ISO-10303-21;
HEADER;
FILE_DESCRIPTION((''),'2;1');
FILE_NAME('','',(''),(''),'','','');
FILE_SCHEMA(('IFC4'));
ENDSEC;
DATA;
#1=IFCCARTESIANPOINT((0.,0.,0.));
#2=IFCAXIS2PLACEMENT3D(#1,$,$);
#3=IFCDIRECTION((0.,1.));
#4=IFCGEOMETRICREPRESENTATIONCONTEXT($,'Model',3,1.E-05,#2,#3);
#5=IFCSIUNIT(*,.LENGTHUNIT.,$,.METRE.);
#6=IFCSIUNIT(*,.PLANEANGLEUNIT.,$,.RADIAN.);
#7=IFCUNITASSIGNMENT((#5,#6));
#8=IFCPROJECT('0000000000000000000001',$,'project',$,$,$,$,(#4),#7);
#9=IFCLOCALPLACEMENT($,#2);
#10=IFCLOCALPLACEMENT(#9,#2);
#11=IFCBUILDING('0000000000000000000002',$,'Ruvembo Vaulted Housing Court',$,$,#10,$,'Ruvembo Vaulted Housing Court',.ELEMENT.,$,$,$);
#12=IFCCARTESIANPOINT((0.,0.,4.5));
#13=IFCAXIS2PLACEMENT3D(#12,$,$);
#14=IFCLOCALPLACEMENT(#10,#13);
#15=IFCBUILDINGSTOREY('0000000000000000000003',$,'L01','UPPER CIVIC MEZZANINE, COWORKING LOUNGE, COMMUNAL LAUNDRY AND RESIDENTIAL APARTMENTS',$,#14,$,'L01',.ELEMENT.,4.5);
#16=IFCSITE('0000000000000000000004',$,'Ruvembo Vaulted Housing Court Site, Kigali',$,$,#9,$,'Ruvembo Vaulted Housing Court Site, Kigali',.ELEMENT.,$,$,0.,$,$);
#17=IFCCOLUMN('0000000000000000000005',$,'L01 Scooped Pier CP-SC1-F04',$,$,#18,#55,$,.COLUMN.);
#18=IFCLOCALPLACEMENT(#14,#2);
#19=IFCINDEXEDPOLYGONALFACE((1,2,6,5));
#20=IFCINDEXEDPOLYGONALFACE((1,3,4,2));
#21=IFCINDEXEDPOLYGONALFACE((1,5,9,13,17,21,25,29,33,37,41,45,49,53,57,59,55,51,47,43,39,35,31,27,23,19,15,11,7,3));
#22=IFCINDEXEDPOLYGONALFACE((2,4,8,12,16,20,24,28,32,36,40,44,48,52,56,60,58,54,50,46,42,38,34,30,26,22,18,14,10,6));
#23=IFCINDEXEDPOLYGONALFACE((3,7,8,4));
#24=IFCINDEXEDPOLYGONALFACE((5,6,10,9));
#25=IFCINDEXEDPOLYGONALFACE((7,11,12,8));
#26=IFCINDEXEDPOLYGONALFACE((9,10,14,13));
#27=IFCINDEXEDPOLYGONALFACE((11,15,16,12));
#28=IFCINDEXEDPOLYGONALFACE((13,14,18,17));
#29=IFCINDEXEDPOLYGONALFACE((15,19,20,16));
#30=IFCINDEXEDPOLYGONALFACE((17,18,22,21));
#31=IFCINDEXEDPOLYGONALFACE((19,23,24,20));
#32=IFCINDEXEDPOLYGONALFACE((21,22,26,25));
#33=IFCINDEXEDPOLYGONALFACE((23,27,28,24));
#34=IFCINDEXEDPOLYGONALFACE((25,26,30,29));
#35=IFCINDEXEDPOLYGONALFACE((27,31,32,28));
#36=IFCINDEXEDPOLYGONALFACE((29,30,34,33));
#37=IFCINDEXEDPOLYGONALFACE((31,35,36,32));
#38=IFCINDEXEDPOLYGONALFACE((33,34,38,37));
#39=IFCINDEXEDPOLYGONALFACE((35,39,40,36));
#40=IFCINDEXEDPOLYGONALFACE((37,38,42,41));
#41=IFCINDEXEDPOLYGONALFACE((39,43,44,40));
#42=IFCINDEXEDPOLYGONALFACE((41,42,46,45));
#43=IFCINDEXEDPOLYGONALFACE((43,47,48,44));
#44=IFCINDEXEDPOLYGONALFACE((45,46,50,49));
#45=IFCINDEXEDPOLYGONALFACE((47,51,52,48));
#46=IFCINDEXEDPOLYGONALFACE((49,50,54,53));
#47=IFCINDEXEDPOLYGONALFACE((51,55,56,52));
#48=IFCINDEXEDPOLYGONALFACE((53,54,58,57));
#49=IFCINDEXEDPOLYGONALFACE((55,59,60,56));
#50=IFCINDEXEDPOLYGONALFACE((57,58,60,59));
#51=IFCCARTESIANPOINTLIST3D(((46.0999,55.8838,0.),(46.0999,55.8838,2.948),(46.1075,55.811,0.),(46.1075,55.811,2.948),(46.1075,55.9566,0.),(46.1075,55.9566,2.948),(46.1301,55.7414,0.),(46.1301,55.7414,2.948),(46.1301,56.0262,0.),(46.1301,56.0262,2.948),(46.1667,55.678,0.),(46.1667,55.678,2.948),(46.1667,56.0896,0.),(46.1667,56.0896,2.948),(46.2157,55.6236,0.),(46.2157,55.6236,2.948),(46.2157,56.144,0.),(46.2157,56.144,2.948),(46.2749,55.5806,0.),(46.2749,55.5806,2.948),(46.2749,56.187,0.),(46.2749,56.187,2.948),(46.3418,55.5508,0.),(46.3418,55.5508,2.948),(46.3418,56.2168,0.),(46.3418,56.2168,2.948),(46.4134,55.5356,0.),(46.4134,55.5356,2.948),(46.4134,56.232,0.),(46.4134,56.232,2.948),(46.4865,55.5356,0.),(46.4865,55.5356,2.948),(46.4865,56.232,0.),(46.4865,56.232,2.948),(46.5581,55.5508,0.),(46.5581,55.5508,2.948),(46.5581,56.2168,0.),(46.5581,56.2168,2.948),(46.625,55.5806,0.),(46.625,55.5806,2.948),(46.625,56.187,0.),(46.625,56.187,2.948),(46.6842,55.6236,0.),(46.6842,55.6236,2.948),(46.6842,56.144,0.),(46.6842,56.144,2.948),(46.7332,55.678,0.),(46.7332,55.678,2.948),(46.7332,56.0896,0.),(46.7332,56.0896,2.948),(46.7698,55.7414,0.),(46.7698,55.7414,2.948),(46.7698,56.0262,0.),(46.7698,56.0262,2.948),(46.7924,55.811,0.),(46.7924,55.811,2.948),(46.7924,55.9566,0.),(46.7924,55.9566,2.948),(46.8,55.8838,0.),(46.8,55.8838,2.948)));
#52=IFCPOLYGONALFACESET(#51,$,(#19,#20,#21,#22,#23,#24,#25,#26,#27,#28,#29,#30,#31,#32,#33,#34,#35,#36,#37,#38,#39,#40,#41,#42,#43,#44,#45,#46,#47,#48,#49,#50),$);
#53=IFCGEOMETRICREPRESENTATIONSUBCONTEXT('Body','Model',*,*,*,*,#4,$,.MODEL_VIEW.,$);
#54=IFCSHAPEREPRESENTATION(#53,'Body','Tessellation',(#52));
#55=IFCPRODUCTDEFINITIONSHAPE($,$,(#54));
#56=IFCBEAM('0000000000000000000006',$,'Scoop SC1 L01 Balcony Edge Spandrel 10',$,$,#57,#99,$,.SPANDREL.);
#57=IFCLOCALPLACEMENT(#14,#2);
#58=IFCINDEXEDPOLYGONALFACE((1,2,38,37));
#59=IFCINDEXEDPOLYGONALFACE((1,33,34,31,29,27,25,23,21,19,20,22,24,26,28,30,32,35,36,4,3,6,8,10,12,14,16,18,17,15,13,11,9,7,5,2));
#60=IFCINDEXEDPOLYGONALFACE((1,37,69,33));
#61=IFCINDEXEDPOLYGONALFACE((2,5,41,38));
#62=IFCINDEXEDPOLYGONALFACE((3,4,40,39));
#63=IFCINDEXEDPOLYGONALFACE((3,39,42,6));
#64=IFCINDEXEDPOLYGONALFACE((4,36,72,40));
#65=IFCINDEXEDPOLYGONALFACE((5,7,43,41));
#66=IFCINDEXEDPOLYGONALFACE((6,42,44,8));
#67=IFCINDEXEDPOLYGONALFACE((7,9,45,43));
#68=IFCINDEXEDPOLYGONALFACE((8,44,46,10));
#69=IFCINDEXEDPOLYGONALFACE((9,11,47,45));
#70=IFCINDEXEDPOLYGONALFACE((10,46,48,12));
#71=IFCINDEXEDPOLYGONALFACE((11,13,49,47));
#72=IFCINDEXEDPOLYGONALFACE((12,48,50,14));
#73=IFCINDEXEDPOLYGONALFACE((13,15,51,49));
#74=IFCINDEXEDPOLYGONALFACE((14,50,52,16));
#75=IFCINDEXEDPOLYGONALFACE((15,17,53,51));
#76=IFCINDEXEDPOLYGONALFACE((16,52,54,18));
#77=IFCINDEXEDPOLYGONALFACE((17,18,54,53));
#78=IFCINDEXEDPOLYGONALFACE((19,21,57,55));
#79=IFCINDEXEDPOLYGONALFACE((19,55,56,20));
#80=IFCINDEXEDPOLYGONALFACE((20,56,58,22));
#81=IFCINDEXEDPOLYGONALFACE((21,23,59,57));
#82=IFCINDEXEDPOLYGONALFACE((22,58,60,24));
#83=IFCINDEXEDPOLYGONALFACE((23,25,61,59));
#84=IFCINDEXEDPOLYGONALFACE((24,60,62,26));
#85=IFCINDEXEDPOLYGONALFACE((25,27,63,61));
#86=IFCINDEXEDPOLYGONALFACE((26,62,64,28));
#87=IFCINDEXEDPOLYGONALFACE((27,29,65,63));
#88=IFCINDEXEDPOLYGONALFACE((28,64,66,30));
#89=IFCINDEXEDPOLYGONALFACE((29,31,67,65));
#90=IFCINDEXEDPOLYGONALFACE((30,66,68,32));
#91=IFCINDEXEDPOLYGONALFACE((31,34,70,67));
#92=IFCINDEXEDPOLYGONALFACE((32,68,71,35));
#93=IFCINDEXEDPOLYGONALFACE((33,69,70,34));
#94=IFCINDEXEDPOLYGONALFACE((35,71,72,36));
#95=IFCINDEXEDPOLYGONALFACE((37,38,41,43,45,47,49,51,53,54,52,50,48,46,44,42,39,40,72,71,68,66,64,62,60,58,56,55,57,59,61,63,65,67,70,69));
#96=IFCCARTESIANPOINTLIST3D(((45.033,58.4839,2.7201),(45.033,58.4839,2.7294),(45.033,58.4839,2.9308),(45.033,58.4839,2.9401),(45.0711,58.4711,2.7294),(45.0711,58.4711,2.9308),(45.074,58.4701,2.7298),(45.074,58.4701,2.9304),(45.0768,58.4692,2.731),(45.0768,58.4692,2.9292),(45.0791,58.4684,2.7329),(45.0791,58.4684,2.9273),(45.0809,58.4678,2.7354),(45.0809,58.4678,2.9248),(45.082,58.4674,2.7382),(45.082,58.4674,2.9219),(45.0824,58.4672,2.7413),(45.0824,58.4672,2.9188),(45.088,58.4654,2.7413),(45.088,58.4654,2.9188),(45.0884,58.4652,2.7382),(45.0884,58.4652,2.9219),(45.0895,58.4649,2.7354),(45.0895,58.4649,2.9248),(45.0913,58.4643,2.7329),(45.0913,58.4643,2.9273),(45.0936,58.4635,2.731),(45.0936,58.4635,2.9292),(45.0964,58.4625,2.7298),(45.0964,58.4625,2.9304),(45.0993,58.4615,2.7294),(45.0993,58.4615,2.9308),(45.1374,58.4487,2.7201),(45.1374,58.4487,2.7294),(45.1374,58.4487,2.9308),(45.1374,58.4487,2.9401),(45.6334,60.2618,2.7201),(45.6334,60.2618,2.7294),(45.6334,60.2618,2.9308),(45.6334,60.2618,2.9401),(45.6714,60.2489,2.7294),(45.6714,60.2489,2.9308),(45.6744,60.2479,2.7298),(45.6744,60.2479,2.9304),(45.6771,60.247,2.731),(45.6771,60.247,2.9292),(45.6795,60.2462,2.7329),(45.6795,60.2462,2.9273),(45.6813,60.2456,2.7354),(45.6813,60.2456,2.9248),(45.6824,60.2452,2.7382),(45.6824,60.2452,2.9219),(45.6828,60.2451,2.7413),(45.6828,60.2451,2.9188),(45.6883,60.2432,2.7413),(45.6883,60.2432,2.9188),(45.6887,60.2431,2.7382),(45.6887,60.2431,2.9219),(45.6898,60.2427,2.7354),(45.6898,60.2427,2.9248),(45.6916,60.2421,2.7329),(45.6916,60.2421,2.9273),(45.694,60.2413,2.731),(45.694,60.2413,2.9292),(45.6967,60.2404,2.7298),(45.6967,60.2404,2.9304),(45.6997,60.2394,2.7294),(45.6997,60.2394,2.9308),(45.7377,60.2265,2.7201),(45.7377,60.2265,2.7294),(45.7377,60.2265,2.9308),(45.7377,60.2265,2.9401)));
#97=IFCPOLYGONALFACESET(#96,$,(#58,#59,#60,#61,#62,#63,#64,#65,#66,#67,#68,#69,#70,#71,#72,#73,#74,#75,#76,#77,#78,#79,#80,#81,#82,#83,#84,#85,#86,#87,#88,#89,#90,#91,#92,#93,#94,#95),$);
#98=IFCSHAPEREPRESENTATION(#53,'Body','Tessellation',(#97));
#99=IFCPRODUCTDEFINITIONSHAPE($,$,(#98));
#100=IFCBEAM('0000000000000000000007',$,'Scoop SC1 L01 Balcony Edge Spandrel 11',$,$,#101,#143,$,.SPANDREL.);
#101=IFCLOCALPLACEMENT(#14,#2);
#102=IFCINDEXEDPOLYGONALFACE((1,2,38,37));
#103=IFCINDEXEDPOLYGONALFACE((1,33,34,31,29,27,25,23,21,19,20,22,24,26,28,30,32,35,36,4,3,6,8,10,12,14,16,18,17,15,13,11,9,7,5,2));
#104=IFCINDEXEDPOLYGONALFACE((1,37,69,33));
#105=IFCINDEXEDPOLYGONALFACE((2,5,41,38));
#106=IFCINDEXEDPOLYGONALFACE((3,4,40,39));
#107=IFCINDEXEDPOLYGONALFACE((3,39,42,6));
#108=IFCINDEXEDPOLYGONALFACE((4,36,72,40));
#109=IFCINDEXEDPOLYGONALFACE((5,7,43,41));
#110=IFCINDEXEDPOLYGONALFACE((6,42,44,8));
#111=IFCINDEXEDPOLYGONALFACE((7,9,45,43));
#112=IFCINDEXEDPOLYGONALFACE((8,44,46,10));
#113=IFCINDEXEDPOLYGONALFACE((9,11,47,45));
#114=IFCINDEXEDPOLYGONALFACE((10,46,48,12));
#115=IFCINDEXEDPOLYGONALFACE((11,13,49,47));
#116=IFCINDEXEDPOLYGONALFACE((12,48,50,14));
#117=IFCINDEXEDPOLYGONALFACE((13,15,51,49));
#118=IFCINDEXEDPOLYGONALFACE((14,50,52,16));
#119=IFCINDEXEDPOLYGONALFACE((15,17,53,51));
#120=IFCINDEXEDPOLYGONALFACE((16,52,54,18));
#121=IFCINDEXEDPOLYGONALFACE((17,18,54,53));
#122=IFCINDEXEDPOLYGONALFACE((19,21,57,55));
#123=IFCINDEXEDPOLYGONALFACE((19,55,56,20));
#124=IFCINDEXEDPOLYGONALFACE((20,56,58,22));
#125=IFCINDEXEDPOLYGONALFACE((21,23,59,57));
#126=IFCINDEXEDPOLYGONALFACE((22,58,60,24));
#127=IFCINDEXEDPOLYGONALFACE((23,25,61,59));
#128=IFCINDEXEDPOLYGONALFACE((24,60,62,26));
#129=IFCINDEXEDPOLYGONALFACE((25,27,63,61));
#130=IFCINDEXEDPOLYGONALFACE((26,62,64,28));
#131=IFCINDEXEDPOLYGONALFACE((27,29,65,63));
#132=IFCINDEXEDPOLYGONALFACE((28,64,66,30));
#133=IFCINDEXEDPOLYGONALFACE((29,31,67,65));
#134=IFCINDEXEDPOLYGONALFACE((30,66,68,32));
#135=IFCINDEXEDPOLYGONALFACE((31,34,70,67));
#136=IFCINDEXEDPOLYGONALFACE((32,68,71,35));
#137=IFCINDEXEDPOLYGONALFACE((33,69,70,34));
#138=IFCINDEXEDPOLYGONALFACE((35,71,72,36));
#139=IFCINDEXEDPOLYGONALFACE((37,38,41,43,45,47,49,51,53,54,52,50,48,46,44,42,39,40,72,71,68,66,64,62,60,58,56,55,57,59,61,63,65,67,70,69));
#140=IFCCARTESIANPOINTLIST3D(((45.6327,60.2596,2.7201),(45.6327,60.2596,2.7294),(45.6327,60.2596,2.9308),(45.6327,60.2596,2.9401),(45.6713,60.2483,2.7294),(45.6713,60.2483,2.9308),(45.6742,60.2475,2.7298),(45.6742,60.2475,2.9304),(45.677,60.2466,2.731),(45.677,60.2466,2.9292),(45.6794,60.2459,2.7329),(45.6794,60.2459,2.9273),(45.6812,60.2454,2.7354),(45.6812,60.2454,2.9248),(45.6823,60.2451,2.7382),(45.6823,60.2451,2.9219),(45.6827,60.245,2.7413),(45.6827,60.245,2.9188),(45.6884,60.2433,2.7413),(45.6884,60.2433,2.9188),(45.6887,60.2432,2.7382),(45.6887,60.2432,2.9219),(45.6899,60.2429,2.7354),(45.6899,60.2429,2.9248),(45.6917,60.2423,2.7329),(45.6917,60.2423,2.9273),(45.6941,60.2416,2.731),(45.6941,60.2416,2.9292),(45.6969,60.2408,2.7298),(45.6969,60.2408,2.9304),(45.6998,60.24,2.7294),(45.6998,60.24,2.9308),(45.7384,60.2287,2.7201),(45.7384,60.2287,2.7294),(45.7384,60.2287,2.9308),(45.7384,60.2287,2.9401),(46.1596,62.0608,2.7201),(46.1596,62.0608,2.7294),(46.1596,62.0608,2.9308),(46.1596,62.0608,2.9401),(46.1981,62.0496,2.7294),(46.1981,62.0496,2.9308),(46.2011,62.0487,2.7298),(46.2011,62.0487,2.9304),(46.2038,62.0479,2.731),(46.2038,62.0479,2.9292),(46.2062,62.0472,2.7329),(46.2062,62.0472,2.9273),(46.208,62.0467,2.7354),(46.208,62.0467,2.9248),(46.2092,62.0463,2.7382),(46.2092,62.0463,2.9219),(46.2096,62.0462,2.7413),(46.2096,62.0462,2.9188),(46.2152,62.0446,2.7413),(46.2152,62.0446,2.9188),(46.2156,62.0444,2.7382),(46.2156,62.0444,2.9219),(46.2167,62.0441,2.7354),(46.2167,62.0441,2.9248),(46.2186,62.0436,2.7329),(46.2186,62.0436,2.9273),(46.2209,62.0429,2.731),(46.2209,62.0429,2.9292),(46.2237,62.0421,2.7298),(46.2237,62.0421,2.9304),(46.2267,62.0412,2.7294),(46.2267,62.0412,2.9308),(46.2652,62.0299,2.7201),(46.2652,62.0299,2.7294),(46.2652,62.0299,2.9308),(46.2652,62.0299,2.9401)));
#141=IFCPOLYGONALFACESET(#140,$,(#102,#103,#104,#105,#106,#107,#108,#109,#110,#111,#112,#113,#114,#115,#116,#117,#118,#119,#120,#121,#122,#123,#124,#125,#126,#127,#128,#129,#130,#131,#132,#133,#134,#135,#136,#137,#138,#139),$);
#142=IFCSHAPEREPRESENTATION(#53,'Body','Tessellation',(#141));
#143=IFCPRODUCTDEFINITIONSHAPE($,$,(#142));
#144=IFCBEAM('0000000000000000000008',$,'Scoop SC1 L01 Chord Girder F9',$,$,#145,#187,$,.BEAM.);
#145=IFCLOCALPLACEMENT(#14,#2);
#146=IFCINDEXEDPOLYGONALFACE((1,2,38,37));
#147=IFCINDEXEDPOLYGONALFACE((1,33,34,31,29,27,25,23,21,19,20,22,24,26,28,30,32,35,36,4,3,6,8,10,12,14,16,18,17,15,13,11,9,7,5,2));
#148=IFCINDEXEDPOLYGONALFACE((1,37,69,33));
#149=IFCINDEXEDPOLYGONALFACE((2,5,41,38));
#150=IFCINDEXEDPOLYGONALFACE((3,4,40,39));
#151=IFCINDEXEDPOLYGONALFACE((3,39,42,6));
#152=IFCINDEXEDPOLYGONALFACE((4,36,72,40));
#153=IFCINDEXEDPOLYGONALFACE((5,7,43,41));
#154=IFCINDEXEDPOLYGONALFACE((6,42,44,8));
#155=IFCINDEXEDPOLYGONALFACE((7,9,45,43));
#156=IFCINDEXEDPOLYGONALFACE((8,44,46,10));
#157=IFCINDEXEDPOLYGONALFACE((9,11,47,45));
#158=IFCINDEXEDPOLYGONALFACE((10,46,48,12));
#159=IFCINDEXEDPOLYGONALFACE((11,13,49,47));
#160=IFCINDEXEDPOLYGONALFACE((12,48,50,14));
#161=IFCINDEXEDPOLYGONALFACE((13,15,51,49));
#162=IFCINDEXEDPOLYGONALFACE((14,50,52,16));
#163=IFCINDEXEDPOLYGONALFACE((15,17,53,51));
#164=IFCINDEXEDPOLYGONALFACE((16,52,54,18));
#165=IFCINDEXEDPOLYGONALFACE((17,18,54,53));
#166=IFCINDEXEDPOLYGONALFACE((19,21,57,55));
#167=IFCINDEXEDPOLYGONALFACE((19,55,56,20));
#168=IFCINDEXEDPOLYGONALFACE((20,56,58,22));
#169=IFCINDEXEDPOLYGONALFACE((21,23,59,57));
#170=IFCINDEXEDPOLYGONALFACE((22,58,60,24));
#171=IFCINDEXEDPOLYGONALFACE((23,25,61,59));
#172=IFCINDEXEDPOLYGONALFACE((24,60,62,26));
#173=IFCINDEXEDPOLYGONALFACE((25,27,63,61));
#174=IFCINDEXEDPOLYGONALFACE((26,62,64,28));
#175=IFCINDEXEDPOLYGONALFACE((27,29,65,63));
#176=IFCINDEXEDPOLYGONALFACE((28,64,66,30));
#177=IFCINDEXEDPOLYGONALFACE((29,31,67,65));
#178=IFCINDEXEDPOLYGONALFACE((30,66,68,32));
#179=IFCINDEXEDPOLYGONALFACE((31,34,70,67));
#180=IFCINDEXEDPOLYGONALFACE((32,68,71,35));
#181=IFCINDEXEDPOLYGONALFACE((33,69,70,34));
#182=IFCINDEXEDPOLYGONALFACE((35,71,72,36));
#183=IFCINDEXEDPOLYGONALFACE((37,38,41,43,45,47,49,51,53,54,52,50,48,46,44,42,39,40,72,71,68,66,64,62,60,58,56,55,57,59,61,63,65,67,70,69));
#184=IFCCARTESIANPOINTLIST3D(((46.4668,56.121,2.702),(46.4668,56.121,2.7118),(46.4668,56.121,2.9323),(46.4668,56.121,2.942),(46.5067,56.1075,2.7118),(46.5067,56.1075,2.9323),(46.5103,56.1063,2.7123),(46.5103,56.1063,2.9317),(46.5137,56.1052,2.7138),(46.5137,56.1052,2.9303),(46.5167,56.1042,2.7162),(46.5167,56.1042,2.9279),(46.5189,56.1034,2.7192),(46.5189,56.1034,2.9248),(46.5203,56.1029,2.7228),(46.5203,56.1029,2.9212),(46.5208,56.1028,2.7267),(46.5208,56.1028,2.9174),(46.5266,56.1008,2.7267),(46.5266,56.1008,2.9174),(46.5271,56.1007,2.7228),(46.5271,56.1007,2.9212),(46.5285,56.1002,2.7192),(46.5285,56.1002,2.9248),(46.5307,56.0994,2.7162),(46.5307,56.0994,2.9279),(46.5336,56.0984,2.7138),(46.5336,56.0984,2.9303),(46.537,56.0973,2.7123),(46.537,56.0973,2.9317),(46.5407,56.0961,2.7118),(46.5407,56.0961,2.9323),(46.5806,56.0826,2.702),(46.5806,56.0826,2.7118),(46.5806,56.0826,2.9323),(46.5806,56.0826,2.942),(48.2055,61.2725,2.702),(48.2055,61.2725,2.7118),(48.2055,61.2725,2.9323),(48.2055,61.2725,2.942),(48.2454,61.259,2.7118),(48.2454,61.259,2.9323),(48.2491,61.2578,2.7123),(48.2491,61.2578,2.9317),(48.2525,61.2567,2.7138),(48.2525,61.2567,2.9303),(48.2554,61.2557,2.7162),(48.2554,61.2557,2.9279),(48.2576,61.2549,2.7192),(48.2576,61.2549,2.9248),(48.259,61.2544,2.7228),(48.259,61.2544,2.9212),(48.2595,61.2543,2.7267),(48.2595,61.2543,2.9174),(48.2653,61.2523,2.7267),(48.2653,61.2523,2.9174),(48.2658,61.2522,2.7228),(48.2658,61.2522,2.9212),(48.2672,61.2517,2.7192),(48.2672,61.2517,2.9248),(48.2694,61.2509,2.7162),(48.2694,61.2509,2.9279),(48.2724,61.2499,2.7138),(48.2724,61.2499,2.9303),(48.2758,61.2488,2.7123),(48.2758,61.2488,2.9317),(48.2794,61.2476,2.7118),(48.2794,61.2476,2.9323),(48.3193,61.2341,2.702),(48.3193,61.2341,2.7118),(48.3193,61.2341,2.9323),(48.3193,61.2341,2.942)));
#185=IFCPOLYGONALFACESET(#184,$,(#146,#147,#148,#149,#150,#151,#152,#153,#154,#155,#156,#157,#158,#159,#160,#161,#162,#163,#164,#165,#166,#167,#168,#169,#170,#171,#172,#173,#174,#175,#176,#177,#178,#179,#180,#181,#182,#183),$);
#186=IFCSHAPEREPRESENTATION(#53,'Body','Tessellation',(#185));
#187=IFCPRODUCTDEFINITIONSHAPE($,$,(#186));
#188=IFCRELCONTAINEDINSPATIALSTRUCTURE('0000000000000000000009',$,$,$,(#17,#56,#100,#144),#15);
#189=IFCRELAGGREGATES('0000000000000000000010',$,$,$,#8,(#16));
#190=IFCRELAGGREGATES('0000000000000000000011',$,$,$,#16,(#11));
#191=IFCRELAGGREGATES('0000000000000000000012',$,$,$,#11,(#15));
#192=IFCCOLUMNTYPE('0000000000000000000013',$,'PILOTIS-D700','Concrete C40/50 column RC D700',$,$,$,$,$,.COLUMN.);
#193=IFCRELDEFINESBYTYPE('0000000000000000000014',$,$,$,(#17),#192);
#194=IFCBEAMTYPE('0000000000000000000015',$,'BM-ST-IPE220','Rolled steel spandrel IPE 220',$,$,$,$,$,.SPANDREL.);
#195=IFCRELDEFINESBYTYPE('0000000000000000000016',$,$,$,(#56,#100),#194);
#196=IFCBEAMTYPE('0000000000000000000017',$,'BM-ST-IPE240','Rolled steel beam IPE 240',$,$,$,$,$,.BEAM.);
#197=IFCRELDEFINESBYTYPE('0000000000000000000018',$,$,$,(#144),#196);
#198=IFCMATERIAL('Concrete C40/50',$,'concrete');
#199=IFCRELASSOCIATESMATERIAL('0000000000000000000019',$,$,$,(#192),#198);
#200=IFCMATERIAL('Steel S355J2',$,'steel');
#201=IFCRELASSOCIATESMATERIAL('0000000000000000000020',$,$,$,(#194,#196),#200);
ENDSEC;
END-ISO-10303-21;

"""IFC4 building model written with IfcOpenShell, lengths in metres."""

from ifc_helpers import new_model, si_unit, direction, frame, origin, origin_2d, place, context, subcontext, project, spatial, circle, i_section, extrude, material, material_profile, profile_set, type_object, element, save


model = new_model("IFC4")

# Units and contexts
model_context = context("Model", 3, precision=1e-05, world=origin(), true_north=direction((0.0, 1.0)))
body_context = subcontext(model_context, "Body", "Model", "MODEL_VIEW")
ifc_project = project(units=[si_unit("LENGTHUNIT", "METRE"), si_unit("PLANEANGLEUNIT", "RADIAN")], contexts=[model_context])

# Site, building, storey
site_placement = place(None, origin())
site = spatial("IfcSite", under=ifc_project, at=site_placement, Name="Ruvembo Vaulted Housing Court Site, Kigali", LongName="Ruvembo Vaulted Housing Court Site, Kigali", CompositionType="ELEMENT", RefElevation=0.0)
building_placement = place(site_placement, origin())
building = spatial("IfcBuilding", under=site, at=building_placement, Name="Ruvembo Vaulted Housing Court", LongName="Ruvembo Vaulted Housing Court", CompositionType="ELEMENT")
storey_placement = place(building_placement, frame((0.0, 0.0, 4.5)))
storey = spatial("IfcBuildingStorey", under=building, at=storey_placement, Name="L01", Description="UPPER CIVIC MEZZANINE, COWORKING LOUNGE, COMMUNAL LAUNDRY AND RESIDENTIAL APARTMENTS", LongName="L01", CompositionType="ELEMENT", Elevation=4.5)

# Column
ifc_material_1 = material(Name="Concrete C40/50", Category="concrete")
ifc_material_profile_1 = material_profile(ifc_material_1, circle(Radius=0.3501, at=origin_2d()), Name="RC D700")
ifc_profile_set_1 = profile_set([ifc_material_profile_1], Name="Concrete C40/50")
column_type = type_object("IfcColumnType", Name="PILOTIS-D700", Description="Concrete C40/50 column RC D700", PredefinedType="COLUMN", material=ifc_profile_set_1)
column_placement = place(storey_placement, frame((46.45, 55.8838, 0.0), z_axis=(0.0, 0.0, 1.0), x_axis=(1.0, 0.0, 0.0)))
element("IfcColumn", 1, at=column_placement, inside=storey, type_object=column_type, Name="L01 Scooped Pier CP-SC1-F04", PredefinedType="COLUMN", context=body_context, shape_type="SweptSolid", body=[
    extrude(circle(Radius=0.3501, at=origin_2d()), origin(), (0.0, 0.0, 1.0), 2.948),
])

# Beams
ifc_material_2 = material(Name="Steel S355J2", Category="steel")
ifc_material_profile_2 = material_profile(ifc_material_2, i_section(OverallWidth=0.1101, OverallDepth=0.22, WebThickness=0.0059, FlangeThickness=0.0093, FilletRadius=0.012, at=origin_2d()), Name="IPE 220")
ifc_profile_set_2 = profile_set([ifc_material_profile_2], Name="Steel S355J2")
beam_type_1 = type_object("IfcBeamType", Name="BM-ST-IPE220", Description="Rolled steel spandrel IPE 220", PredefinedType="SPANDREL", material=ifc_profile_set_2)
beam_1_placement = place(storey_placement, frame((45.0852, 58.4663, 2.8301), z_axis=(0.319933, 0.94744, 0.0), x_axis=(-0.94744, 0.319933, 0.0)))
element("IfcBeam", 2, at=beam_1_placement, inside=storey, type_object=beam_type_1, Name="Scoop SC1 L01 Balcony Edge Spandrel 10", PredefinedType="SPANDREL", context=body_context, shape_type="SweptSolid", body=[
    extrude(i_section(OverallWidth=0.1101, OverallDepth=0.22, WebThickness=0.0059, FlangeThickness=0.0093, FilletRadius=0.012, at=origin_2d()), origin(), (0.0, 0.0, 1.0), 1.8765),
])
beam_2_placement = place(storey_placement, frame((45.6855, 60.2441, 2.8301), z_axis=(0.280729, 0.959787, 0.0), x_axis=(-0.959787, 0.280729, 0.0)))
element("IfcBeam", 3, at=beam_2_placement, inside=storey, type_object=beam_type_1, Name="Scoop SC1 L01 Balcony Edge Spandrel 11", PredefinedType="SPANDREL", context=body_context, shape_type="SweptSolid", body=[
    extrude(i_section(OverallWidth=0.1101, OverallDepth=0.22, WebThickness=0.0059, FlangeThickness=0.0093, FilletRadius=0.012, at=origin_2d()), origin(), (0.0, 0.0, 1.0), 1.8767),
])
ifc_material_profile_3 = material_profile(ifc_material_2, i_section(OverallWidth=0.1201, OverallDepth=0.24, WebThickness=0.0061, FlangeThickness=0.0098, FilletRadius=0.0149, at=origin_2d()), Name="IPE 240")
ifc_profile_set_3 = profile_set([ifc_material_profile_3], Name="Steel S355J2")
beam_type_2 = type_object("IfcBeamType", Name="BM-ST-IPE240", Description="Rolled steel beam IPE 240", PredefinedType="BEAM", material=ifc_profile_set_3)
beam_3_placement = place(storey_placement, frame((46.5237, 56.1018, 2.822), z_axis=(0.319795, 0.947487, 0.0), x_axis=(-0.947487, 0.319795, 0.0)))
element("IfcBeam", 4, at=beam_3_placement, inside=storey, type_object=beam_type_2, Name="Scoop SC1 L01 Chord Girder F9", PredefinedType="BEAM", context=body_context, shape_type="SweptSolid", body=[
    extrude(i_section(OverallWidth=0.1201, OverallDepth=0.24, WebThickness=0.0061, FlangeThickness=0.0098, FilletRadius=0.0149, at=origin_2d()), origin(), (0.0, 0.0, 1.0), 5.437),
])

save(model, "model.ifc")
